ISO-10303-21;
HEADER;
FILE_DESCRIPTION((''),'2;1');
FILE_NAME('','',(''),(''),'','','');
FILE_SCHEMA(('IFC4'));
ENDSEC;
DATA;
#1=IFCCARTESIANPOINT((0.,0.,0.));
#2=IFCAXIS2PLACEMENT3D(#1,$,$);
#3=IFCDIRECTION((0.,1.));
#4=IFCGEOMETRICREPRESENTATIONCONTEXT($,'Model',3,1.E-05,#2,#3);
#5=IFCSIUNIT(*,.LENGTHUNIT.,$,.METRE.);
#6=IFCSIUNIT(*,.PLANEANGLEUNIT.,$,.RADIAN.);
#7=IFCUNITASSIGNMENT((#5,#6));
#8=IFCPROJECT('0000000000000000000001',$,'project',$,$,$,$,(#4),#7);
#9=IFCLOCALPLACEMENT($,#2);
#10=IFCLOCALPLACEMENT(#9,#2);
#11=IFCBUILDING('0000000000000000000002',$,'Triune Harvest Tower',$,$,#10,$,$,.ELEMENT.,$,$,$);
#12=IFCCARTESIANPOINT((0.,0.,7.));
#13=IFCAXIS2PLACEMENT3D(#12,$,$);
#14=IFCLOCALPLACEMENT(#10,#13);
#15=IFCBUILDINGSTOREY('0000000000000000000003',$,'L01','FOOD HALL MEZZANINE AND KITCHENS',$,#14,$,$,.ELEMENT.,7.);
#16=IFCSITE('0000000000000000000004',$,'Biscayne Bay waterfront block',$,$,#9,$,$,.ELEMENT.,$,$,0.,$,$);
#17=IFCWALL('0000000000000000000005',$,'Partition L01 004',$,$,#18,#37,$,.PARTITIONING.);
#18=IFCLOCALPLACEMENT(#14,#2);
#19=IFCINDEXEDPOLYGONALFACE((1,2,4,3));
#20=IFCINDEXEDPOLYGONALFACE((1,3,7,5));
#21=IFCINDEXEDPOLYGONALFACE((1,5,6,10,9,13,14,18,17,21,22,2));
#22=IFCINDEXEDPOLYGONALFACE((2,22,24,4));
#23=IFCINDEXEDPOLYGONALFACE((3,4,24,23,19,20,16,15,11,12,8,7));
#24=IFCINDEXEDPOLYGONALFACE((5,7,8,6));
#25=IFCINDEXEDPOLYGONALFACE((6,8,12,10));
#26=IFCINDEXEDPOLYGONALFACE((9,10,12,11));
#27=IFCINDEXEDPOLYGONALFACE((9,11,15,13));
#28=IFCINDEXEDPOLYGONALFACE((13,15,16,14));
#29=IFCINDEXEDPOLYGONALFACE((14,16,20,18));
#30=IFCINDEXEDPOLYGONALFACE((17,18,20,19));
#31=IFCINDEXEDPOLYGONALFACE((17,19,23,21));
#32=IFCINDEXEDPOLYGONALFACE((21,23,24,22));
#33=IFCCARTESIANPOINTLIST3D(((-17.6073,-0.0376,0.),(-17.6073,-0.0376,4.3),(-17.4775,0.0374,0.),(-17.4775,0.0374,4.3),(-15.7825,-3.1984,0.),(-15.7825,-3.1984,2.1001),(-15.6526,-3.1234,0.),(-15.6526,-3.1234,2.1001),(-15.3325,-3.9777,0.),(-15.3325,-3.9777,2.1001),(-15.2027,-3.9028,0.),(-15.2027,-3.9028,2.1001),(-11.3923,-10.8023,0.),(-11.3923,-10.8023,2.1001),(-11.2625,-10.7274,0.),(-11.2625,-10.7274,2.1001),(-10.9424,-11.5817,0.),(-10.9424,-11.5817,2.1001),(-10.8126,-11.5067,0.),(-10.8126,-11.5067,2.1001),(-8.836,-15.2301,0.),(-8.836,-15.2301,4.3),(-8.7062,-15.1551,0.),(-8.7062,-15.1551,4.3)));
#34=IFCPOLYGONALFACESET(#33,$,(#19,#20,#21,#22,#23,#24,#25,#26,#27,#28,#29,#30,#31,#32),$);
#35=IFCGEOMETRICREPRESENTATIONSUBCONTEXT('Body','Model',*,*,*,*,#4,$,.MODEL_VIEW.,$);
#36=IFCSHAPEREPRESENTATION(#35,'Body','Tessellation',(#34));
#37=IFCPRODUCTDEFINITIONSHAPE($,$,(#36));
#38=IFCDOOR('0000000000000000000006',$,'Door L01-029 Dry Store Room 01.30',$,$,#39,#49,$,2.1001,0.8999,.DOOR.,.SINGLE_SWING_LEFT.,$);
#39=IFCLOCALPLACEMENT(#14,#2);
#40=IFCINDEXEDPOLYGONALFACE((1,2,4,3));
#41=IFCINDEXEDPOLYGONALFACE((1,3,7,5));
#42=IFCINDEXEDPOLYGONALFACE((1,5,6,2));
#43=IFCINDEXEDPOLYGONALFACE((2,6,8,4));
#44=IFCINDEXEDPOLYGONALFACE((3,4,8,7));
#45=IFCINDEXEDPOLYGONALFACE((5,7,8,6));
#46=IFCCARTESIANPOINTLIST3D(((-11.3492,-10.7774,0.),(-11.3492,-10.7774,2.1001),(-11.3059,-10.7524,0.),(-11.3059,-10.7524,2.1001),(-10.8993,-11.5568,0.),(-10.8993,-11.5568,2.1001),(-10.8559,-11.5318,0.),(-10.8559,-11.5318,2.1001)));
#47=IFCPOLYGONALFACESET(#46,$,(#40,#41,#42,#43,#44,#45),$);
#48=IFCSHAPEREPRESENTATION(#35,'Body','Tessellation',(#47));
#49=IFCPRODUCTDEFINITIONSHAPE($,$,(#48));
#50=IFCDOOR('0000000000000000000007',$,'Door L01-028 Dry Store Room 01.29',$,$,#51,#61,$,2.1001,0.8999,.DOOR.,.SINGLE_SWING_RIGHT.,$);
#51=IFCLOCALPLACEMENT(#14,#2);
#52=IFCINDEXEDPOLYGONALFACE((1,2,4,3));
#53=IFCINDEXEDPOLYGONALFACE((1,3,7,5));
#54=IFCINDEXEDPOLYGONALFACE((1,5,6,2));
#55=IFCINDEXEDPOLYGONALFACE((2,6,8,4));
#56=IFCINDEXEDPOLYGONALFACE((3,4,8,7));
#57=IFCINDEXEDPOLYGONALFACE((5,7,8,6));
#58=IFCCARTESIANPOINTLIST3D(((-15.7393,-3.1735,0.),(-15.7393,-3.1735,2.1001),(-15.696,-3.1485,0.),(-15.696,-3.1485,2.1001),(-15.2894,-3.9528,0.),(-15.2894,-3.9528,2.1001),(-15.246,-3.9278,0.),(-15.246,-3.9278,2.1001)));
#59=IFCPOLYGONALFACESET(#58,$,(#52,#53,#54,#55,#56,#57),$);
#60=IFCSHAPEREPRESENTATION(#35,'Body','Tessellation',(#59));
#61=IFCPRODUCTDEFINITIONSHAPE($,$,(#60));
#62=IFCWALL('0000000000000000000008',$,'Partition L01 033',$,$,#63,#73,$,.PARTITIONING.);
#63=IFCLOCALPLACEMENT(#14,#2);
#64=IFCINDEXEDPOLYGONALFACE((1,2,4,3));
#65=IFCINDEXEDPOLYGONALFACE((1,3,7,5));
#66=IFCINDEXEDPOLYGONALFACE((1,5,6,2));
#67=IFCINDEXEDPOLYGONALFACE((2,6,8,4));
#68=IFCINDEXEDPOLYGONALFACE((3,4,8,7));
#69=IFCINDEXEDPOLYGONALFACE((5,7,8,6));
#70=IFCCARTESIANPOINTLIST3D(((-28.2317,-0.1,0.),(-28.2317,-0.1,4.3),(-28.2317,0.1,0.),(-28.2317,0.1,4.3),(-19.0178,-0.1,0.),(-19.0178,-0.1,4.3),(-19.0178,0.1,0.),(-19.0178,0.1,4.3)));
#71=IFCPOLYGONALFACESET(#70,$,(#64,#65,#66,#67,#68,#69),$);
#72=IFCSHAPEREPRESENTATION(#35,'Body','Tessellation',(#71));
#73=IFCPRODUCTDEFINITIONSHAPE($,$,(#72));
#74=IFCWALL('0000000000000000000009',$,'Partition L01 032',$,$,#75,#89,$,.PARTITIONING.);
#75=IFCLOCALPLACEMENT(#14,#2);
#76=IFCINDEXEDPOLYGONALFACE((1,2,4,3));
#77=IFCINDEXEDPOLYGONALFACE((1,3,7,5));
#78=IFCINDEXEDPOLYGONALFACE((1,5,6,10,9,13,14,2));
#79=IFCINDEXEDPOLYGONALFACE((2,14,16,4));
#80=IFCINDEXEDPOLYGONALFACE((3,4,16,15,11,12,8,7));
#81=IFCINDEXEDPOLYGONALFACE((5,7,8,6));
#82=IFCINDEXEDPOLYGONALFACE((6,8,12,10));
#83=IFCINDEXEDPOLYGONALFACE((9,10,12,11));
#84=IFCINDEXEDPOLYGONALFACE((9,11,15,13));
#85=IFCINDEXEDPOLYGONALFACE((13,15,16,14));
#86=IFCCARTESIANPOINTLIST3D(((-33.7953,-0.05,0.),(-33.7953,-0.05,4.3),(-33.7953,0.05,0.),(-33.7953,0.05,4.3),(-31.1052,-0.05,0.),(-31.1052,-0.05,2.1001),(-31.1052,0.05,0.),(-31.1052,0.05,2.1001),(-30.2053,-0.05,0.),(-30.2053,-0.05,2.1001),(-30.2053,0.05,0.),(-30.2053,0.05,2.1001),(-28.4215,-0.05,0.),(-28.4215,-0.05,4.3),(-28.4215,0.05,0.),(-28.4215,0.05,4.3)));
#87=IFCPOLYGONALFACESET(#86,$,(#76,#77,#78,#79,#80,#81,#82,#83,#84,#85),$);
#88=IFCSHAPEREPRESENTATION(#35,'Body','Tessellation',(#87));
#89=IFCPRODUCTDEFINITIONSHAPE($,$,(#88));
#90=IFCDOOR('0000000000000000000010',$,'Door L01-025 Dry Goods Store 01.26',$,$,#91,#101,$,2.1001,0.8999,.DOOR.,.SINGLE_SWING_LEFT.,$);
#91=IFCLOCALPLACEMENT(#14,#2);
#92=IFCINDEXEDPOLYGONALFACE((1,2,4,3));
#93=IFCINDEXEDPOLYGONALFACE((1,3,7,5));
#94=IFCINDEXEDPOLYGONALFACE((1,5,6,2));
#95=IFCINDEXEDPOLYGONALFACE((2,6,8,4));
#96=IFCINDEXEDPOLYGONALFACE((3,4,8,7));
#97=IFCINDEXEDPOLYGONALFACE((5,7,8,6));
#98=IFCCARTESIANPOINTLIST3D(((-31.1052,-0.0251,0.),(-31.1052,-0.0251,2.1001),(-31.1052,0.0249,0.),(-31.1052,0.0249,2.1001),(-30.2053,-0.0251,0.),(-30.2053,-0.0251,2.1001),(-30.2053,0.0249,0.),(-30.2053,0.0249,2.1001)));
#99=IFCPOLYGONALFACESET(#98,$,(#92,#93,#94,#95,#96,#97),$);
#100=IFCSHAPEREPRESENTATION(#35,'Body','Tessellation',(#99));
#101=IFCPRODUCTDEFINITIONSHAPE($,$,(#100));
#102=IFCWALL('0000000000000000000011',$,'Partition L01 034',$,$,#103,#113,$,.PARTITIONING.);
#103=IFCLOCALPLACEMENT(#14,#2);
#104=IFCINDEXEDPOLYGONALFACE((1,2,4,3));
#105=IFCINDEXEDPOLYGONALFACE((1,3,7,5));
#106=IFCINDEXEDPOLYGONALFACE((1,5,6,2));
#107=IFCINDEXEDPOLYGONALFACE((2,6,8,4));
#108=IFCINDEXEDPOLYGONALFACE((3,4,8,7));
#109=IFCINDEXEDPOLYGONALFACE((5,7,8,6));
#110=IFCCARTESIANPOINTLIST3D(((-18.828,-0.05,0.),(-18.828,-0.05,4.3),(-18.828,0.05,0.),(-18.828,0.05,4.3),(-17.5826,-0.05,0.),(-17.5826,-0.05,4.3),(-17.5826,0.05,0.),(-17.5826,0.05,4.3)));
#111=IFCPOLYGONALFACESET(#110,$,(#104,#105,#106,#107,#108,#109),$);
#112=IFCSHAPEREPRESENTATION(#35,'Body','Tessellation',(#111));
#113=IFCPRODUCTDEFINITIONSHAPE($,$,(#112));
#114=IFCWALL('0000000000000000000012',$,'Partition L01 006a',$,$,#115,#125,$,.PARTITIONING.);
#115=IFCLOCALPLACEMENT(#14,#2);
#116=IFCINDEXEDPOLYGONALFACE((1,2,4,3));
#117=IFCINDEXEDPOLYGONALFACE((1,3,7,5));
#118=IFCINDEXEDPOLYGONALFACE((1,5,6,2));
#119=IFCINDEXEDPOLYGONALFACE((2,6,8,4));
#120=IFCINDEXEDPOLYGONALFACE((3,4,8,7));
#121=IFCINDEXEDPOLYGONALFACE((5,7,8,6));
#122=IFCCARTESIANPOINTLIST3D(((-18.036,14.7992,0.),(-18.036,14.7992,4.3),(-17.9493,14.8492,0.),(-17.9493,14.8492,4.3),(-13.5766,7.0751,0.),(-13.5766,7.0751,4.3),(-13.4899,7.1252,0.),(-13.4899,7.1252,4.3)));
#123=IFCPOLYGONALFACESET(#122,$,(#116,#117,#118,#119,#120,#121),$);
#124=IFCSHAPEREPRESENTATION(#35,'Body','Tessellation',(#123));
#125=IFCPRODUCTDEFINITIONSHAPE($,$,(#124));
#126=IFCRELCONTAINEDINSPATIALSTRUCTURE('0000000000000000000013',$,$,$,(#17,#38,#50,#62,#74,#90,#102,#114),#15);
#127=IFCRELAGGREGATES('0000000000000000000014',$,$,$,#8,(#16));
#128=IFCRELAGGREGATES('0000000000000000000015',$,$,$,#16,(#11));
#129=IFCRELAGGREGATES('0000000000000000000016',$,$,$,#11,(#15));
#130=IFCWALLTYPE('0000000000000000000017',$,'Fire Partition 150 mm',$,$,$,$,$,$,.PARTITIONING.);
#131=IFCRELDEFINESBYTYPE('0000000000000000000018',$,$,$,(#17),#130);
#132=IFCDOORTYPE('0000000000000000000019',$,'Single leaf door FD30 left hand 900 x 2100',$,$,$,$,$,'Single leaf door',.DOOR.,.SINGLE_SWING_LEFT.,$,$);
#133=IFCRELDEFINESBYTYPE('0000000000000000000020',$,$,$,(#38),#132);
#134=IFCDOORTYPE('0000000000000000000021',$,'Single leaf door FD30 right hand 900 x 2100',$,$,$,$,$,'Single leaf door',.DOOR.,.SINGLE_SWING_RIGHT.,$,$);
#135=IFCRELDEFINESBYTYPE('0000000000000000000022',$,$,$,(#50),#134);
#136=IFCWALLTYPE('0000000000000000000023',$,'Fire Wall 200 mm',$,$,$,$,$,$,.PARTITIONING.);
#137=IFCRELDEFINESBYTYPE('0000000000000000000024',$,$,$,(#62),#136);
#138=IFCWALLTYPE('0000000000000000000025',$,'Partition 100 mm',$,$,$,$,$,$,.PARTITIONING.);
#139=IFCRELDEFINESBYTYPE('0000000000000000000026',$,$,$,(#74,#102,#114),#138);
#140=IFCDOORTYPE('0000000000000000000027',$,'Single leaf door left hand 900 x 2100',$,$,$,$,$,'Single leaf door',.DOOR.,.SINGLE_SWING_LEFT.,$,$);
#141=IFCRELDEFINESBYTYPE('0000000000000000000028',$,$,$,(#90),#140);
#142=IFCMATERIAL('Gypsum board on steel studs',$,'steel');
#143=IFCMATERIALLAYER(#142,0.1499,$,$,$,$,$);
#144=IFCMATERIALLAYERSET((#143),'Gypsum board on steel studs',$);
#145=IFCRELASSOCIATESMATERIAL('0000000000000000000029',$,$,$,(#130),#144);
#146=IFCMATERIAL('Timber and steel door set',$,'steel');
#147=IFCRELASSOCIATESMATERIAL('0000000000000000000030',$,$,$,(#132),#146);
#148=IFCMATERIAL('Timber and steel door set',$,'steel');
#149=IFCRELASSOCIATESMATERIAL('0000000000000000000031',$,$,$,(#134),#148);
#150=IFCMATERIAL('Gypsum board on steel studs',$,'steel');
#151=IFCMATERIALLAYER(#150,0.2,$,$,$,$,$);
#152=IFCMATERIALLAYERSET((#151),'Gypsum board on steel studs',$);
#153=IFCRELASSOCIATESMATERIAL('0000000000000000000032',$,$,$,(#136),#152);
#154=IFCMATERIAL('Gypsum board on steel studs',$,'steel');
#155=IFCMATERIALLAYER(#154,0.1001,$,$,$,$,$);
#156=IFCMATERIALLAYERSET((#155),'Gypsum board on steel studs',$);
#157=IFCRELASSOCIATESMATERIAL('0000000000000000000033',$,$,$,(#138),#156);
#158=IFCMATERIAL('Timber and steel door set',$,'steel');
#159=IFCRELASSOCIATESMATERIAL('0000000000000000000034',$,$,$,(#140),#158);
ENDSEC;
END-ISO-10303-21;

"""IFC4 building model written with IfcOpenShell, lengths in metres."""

from ifc_helpers import new_model, si_unit, direction, frame, frame_2d, origin, place, context, subcontext, project, spatial, rectangle, extrude, source, transform, mapped, material, layer, layer_set, type_object, element, fill, save


model = new_model("IFC4")

# Units and contexts
model_context = context("Model", 3, precision=1e-05, world=origin(), true_north=direction((0.0, 1.0)))
body_context = subcontext(model_context, "Body", "Model", "MODEL_VIEW")
ifc_project = project(units=[si_unit("LENGTHUNIT", "METRE"), si_unit("PLANEANGLEUNIT", "RADIAN")], contexts=[model_context])

# Site, building, storey
site_placement = place(None, origin())
site = spatial("IfcSite", under=ifc_project, at=site_placement, Name="Biscayne Bay waterfront block", CompositionType="ELEMENT", RefElevation=0.0)
building_placement = place(site_placement, origin())
building = spatial("IfcBuilding", under=site, at=building_placement, Name="Triune Harvest Tower", CompositionType="ELEMENT")
storey_placement = place(building_placement, frame((0.0, 0.0, 7.0)))
storey = spatial("IfcBuildingStorey", under=building, at=storey_placement, Name="L01", Description="FOOD HALL MEZZANINE AND KITCHENS", CompositionType="ELEMENT", Elevation=7.0)

# Wall, openings, doors
ifc_material_1 = material(Name="Gypsum board on steel studs", Category="steel")
ifc_layer_1 = layer(ifc_material_1, 0.1499)
ifc_layer_set_1 = layer_set([ifc_layer_1], Name="Gypsum board on steel studs")
wall_type_1 = type_object("IfcWallType", Name="Fire Partition 150 mm", PredefinedType="PARTITIONING", material=ifc_layer_set_1)
wall_1_placement = place(storey_placement, frame((-17.5425, 0.0, 0.0), z_axis=(0.0, 0.0, 1.0), x_axis=(0.499996, -0.866028, 0.0)))
wall_1 = element("IfcWall", 1, at=wall_1_placement, inside=storey, type_object=wall_type_1, Name="Partition L01 004", PredefinedType="PARTITIONING", context=body_context, shape_type="SweptSolid", body=[
    extrude(rectangle(XDim=17.5427, YDim=0.1499, at=frame_2d((8.7715, 0.0))), origin(), (0.0, 0.0, 1.0), 4.3),
])
opening_1_placement = place(wall_1_placement, frame((3.6499, 0.0, 0.0)))
opening_1 = element("IfcOpeningElement", 2, at=opening_1_placement, cuts=wall_1, PredefinedType="OPENING", context=body_context, shape_type="SweptSolid", body=[
    extrude(rectangle(XDim=0.8999, YDim=2.1001, at=frame_2d((0.45, 1.05))), frame((0.0, 0.085, 0.0), z_axis=(0.0, -1.0, 0.0), x_axis=(1.0, 0.0, 0.0)), (0.0, 0.0, 1.0), 0.1699),
])
opening_2_placement = place(wall_1_placement, frame((12.4302, 0.0, 0.0)))
opening_2 = element("IfcOpeningElement", 3, at=opening_2_placement, cuts=wall_1, PredefinedType="OPENING", context=body_context, shape_type="SweptSolid", body=[
    extrude(rectangle(XDim=0.8999, YDim=2.1001, at=frame_2d((0.45, 1.05))), frame((0.0, 0.085, 0.0), z_axis=(0.0, -1.0, 0.0), x_axis=(1.0, 0.0, 0.0)), (0.0, 0.0, 1.0), 0.1699),
])
ifc_material_2 = material(Name="Timber and steel door set", Category="steel")
door_type_1 = type_object("IfcDoorType", Name="Single leaf door FD30 left hand 900 x 2100", ElementType="Single leaf door", OperationType="SINGLE_SWING_LEFT", PredefinedType="DOOR", material=ifc_material_2)
door_1_placement = place(opening_2_placement, origin())
door_1 = element("IfcDoor", 4, at=door_1_placement, inside=storey, type_object=door_type_1, Name="Door L01-029 Dry Store Room 01.30", OperationType="SINGLE_SWING_LEFT", OverallHeight=2.1001, OverallWidth=0.8999, PredefinedType="DOOR", context=body_context, shape_type="SweptSolid", body=[
    extrude(rectangle(XDim=0.8999, YDim=2.1001, at=frame_2d((0.45, 1.05))), frame((0.0, 0.0249, 0.0), z_axis=(0.0, -1.0, 0.0), x_axis=(1.0, 0.0, 0.0)), (0.0, 0.0, 1.0), 0.05),
])
fill(opening_2, door_1)
ifc_material_3 = material(Name="Timber and steel door set", Category="steel")
door_type_2 = type_object("IfcDoorType", Name="Single leaf door FD30 right hand 900 x 2100", ElementType="Single leaf door", OperationType="SINGLE_SWING_RIGHT", PredefinedType="DOOR", material=ifc_material_3)
door_2_placement = place(opening_1_placement, origin())
door_2 = element("IfcDoor", 5, at=door_2_placement, inside=storey, type_object=door_type_2, Name="Door L01-028 Dry Store Room 01.29", OperationType="SINGLE_SWING_RIGHT", OverallHeight=2.1001, OverallWidth=0.8999, PredefinedType="DOOR", context=body_context, shape_type="SweptSolid", body=[
    extrude(rectangle(XDim=0.8999, YDim=2.1001, at=frame_2d((0.45, 1.05))), frame((0.0, 0.0249, 0.0), z_axis=(0.0, -1.0, 0.0), x_axis=(1.0, 0.0, 0.0)), (0.0, 0.0, 1.0), 0.05),
])
fill(opening_1, door_2)

# Wall
ifc_material_4 = material(Name="Gypsum board on steel studs", Category="steel")
ifc_layer_2 = layer(ifc_material_4, 0.2)
ifc_layer_set_2 = layer_set([ifc_layer_2], Name="Gypsum board on steel studs")
wall_type_2 = type_object("IfcWallType", Name="Fire Wall 200 mm", PredefinedType="PARTITIONING", material=ifc_layer_set_2)
wall_2_placement = place(storey_placement, frame((-28.2317, 0.0, 0.0), z_axis=(0.0, 0.0, 1.0), x_axis=(1.0, 0.0, 0.0)))
element("IfcWall", 6, at=wall_2_placement, inside=storey, type_object=wall_type_2, Name="Partition L01 033", PredefinedType="PARTITIONING", context=body_context, shape_type="SweptSolid", body=[
    extrude(rectangle(XDim=9.2139, YDim=0.2, at=frame_2d((4.6069, 0.0))), origin(), (0.0, 0.0, 1.0), 4.3),
])

# Wall, opening, door
ifc_material_5 = material(Name="Gypsum board on steel studs", Category="steel")
ifc_layer_3 = layer(ifc_material_5, 0.1001)
ifc_layer_set_3 = layer_set([ifc_layer_3], Name="Gypsum board on steel studs")
wall_type_3 = type_object("IfcWallType", Name="Partition 100 mm", PredefinedType="PARTITIONING", material=ifc_layer_set_3)
wall_3_placement = place(storey_placement, frame((-33.7954, 0.0, 0.0), z_axis=(0.0, 0.0, 1.0), x_axis=(1.0, 0.0, 0.0)))
wall_3 = element("IfcWall", 7, at=wall_3_placement, inside=storey, type_object=wall_type_3, Name="Partition L01 032", PredefinedType="PARTITIONING", context=body_context, shape_type="SweptSolid", body=[
    extrude(rectangle(XDim=5.3738, YDim=0.1001, at=frame_2d((2.687, 0.0))), origin(), (0.0, 0.0, 1.0), 4.3),
])
opening_3_placement = place(wall_3_placement, frame((2.6902, 0.0, 0.0)))
opening_3 = element("IfcOpeningElement", 8, at=opening_3_placement, cuts=wall_3, PredefinedType="OPENING", context=body_context, shape_type="SweptSolid", body=[
    extrude(rectangle(XDim=0.8999, YDim=2.1001, at=frame_2d((0.45, 1.05))), frame((0.0, 0.0601, 0.0), z_axis=(0.0, -1.0, 0.0), x_axis=(1.0, 0.0, 0.0)), (0.0, 0.0, 1.0), 0.1201),
])
ifc_material_6 = material(Name="Timber and steel door set", Category="steel")
door_type_3 = type_object("IfcDoorType", Name="Single leaf door left hand 900 x 2100", ElementType="Single leaf door", OperationType="SINGLE_SWING_LEFT", PredefinedType="DOOR", material=ifc_material_6)
door_3_placement = place(opening_3_placement, origin())
door_3 = element("IfcDoor", 9, at=door_3_placement, inside=storey, type_object=door_type_3, Name="Door L01-025 Dry Goods Store 01.26", OperationType="SINGLE_SWING_LEFT", OverallHeight=2.1001, OverallWidth=0.8999, PredefinedType="DOOR", context=body_context, shape_type="SweptSolid", body=[
    extrude(rectangle(XDim=0.8999, YDim=2.1001, at=frame_2d((0.45, 1.05))), frame((0.0, 0.0249, 0.0), z_axis=(0.0, -1.0, 0.0), x_axis=(1.0, 0.0, 0.0)), (0.0, 0.0, 1.0), 0.05),
])
fill(opening_3, door_3)

# Walls
wall_4_placement = place(storey_placement, frame((-18.8279, 0.0, 0.0), z_axis=(0.0, 0.0, 1.0), x_axis=(1.0, 0.0, 0.0)))
element("IfcWall", 10, at=wall_4_placement, inside=storey, type_object=wall_type_3, Name="Partition L01 034", PredefinedType="PARTITIONING", context=body_context, shape_type="SweptSolid", body=[
    extrude(rectangle(XDim=1.2454, YDim=0.1001, at=frame_2d((0.6226, 0.0))), origin(), (0.0, 0.0, 1.0), 4.3),
])
shared_shape_1 = source(origin(), body_context, "Body", "SweptSolid", [
    extrude(rectangle(XDim=8.9189, YDim=0.1001, at=frame_2d((4.4595, 0.0))), origin(), (0.0, 0.0, 1.0), 4.3),
])
wall_5_placement = place(storey_placement, frame((-17.9927, 14.8242, 0.0), z_axis=(0.0, 0.0, 1.0), x_axis=(0.499996, -0.866028, 0.0)))
element("IfcWall", 11, at=wall_5_placement, inside=storey, type_object=wall_type_3, Name="Partition L01 006a", PredefinedType="PARTITIONING", context=body_context, shape_type="MappedRepresentation", body=[
    mapped(shared_shape_1, transform((0.0, 0.0, 0.0), scale=1.0)),
])

save(model, "model.ifc")
